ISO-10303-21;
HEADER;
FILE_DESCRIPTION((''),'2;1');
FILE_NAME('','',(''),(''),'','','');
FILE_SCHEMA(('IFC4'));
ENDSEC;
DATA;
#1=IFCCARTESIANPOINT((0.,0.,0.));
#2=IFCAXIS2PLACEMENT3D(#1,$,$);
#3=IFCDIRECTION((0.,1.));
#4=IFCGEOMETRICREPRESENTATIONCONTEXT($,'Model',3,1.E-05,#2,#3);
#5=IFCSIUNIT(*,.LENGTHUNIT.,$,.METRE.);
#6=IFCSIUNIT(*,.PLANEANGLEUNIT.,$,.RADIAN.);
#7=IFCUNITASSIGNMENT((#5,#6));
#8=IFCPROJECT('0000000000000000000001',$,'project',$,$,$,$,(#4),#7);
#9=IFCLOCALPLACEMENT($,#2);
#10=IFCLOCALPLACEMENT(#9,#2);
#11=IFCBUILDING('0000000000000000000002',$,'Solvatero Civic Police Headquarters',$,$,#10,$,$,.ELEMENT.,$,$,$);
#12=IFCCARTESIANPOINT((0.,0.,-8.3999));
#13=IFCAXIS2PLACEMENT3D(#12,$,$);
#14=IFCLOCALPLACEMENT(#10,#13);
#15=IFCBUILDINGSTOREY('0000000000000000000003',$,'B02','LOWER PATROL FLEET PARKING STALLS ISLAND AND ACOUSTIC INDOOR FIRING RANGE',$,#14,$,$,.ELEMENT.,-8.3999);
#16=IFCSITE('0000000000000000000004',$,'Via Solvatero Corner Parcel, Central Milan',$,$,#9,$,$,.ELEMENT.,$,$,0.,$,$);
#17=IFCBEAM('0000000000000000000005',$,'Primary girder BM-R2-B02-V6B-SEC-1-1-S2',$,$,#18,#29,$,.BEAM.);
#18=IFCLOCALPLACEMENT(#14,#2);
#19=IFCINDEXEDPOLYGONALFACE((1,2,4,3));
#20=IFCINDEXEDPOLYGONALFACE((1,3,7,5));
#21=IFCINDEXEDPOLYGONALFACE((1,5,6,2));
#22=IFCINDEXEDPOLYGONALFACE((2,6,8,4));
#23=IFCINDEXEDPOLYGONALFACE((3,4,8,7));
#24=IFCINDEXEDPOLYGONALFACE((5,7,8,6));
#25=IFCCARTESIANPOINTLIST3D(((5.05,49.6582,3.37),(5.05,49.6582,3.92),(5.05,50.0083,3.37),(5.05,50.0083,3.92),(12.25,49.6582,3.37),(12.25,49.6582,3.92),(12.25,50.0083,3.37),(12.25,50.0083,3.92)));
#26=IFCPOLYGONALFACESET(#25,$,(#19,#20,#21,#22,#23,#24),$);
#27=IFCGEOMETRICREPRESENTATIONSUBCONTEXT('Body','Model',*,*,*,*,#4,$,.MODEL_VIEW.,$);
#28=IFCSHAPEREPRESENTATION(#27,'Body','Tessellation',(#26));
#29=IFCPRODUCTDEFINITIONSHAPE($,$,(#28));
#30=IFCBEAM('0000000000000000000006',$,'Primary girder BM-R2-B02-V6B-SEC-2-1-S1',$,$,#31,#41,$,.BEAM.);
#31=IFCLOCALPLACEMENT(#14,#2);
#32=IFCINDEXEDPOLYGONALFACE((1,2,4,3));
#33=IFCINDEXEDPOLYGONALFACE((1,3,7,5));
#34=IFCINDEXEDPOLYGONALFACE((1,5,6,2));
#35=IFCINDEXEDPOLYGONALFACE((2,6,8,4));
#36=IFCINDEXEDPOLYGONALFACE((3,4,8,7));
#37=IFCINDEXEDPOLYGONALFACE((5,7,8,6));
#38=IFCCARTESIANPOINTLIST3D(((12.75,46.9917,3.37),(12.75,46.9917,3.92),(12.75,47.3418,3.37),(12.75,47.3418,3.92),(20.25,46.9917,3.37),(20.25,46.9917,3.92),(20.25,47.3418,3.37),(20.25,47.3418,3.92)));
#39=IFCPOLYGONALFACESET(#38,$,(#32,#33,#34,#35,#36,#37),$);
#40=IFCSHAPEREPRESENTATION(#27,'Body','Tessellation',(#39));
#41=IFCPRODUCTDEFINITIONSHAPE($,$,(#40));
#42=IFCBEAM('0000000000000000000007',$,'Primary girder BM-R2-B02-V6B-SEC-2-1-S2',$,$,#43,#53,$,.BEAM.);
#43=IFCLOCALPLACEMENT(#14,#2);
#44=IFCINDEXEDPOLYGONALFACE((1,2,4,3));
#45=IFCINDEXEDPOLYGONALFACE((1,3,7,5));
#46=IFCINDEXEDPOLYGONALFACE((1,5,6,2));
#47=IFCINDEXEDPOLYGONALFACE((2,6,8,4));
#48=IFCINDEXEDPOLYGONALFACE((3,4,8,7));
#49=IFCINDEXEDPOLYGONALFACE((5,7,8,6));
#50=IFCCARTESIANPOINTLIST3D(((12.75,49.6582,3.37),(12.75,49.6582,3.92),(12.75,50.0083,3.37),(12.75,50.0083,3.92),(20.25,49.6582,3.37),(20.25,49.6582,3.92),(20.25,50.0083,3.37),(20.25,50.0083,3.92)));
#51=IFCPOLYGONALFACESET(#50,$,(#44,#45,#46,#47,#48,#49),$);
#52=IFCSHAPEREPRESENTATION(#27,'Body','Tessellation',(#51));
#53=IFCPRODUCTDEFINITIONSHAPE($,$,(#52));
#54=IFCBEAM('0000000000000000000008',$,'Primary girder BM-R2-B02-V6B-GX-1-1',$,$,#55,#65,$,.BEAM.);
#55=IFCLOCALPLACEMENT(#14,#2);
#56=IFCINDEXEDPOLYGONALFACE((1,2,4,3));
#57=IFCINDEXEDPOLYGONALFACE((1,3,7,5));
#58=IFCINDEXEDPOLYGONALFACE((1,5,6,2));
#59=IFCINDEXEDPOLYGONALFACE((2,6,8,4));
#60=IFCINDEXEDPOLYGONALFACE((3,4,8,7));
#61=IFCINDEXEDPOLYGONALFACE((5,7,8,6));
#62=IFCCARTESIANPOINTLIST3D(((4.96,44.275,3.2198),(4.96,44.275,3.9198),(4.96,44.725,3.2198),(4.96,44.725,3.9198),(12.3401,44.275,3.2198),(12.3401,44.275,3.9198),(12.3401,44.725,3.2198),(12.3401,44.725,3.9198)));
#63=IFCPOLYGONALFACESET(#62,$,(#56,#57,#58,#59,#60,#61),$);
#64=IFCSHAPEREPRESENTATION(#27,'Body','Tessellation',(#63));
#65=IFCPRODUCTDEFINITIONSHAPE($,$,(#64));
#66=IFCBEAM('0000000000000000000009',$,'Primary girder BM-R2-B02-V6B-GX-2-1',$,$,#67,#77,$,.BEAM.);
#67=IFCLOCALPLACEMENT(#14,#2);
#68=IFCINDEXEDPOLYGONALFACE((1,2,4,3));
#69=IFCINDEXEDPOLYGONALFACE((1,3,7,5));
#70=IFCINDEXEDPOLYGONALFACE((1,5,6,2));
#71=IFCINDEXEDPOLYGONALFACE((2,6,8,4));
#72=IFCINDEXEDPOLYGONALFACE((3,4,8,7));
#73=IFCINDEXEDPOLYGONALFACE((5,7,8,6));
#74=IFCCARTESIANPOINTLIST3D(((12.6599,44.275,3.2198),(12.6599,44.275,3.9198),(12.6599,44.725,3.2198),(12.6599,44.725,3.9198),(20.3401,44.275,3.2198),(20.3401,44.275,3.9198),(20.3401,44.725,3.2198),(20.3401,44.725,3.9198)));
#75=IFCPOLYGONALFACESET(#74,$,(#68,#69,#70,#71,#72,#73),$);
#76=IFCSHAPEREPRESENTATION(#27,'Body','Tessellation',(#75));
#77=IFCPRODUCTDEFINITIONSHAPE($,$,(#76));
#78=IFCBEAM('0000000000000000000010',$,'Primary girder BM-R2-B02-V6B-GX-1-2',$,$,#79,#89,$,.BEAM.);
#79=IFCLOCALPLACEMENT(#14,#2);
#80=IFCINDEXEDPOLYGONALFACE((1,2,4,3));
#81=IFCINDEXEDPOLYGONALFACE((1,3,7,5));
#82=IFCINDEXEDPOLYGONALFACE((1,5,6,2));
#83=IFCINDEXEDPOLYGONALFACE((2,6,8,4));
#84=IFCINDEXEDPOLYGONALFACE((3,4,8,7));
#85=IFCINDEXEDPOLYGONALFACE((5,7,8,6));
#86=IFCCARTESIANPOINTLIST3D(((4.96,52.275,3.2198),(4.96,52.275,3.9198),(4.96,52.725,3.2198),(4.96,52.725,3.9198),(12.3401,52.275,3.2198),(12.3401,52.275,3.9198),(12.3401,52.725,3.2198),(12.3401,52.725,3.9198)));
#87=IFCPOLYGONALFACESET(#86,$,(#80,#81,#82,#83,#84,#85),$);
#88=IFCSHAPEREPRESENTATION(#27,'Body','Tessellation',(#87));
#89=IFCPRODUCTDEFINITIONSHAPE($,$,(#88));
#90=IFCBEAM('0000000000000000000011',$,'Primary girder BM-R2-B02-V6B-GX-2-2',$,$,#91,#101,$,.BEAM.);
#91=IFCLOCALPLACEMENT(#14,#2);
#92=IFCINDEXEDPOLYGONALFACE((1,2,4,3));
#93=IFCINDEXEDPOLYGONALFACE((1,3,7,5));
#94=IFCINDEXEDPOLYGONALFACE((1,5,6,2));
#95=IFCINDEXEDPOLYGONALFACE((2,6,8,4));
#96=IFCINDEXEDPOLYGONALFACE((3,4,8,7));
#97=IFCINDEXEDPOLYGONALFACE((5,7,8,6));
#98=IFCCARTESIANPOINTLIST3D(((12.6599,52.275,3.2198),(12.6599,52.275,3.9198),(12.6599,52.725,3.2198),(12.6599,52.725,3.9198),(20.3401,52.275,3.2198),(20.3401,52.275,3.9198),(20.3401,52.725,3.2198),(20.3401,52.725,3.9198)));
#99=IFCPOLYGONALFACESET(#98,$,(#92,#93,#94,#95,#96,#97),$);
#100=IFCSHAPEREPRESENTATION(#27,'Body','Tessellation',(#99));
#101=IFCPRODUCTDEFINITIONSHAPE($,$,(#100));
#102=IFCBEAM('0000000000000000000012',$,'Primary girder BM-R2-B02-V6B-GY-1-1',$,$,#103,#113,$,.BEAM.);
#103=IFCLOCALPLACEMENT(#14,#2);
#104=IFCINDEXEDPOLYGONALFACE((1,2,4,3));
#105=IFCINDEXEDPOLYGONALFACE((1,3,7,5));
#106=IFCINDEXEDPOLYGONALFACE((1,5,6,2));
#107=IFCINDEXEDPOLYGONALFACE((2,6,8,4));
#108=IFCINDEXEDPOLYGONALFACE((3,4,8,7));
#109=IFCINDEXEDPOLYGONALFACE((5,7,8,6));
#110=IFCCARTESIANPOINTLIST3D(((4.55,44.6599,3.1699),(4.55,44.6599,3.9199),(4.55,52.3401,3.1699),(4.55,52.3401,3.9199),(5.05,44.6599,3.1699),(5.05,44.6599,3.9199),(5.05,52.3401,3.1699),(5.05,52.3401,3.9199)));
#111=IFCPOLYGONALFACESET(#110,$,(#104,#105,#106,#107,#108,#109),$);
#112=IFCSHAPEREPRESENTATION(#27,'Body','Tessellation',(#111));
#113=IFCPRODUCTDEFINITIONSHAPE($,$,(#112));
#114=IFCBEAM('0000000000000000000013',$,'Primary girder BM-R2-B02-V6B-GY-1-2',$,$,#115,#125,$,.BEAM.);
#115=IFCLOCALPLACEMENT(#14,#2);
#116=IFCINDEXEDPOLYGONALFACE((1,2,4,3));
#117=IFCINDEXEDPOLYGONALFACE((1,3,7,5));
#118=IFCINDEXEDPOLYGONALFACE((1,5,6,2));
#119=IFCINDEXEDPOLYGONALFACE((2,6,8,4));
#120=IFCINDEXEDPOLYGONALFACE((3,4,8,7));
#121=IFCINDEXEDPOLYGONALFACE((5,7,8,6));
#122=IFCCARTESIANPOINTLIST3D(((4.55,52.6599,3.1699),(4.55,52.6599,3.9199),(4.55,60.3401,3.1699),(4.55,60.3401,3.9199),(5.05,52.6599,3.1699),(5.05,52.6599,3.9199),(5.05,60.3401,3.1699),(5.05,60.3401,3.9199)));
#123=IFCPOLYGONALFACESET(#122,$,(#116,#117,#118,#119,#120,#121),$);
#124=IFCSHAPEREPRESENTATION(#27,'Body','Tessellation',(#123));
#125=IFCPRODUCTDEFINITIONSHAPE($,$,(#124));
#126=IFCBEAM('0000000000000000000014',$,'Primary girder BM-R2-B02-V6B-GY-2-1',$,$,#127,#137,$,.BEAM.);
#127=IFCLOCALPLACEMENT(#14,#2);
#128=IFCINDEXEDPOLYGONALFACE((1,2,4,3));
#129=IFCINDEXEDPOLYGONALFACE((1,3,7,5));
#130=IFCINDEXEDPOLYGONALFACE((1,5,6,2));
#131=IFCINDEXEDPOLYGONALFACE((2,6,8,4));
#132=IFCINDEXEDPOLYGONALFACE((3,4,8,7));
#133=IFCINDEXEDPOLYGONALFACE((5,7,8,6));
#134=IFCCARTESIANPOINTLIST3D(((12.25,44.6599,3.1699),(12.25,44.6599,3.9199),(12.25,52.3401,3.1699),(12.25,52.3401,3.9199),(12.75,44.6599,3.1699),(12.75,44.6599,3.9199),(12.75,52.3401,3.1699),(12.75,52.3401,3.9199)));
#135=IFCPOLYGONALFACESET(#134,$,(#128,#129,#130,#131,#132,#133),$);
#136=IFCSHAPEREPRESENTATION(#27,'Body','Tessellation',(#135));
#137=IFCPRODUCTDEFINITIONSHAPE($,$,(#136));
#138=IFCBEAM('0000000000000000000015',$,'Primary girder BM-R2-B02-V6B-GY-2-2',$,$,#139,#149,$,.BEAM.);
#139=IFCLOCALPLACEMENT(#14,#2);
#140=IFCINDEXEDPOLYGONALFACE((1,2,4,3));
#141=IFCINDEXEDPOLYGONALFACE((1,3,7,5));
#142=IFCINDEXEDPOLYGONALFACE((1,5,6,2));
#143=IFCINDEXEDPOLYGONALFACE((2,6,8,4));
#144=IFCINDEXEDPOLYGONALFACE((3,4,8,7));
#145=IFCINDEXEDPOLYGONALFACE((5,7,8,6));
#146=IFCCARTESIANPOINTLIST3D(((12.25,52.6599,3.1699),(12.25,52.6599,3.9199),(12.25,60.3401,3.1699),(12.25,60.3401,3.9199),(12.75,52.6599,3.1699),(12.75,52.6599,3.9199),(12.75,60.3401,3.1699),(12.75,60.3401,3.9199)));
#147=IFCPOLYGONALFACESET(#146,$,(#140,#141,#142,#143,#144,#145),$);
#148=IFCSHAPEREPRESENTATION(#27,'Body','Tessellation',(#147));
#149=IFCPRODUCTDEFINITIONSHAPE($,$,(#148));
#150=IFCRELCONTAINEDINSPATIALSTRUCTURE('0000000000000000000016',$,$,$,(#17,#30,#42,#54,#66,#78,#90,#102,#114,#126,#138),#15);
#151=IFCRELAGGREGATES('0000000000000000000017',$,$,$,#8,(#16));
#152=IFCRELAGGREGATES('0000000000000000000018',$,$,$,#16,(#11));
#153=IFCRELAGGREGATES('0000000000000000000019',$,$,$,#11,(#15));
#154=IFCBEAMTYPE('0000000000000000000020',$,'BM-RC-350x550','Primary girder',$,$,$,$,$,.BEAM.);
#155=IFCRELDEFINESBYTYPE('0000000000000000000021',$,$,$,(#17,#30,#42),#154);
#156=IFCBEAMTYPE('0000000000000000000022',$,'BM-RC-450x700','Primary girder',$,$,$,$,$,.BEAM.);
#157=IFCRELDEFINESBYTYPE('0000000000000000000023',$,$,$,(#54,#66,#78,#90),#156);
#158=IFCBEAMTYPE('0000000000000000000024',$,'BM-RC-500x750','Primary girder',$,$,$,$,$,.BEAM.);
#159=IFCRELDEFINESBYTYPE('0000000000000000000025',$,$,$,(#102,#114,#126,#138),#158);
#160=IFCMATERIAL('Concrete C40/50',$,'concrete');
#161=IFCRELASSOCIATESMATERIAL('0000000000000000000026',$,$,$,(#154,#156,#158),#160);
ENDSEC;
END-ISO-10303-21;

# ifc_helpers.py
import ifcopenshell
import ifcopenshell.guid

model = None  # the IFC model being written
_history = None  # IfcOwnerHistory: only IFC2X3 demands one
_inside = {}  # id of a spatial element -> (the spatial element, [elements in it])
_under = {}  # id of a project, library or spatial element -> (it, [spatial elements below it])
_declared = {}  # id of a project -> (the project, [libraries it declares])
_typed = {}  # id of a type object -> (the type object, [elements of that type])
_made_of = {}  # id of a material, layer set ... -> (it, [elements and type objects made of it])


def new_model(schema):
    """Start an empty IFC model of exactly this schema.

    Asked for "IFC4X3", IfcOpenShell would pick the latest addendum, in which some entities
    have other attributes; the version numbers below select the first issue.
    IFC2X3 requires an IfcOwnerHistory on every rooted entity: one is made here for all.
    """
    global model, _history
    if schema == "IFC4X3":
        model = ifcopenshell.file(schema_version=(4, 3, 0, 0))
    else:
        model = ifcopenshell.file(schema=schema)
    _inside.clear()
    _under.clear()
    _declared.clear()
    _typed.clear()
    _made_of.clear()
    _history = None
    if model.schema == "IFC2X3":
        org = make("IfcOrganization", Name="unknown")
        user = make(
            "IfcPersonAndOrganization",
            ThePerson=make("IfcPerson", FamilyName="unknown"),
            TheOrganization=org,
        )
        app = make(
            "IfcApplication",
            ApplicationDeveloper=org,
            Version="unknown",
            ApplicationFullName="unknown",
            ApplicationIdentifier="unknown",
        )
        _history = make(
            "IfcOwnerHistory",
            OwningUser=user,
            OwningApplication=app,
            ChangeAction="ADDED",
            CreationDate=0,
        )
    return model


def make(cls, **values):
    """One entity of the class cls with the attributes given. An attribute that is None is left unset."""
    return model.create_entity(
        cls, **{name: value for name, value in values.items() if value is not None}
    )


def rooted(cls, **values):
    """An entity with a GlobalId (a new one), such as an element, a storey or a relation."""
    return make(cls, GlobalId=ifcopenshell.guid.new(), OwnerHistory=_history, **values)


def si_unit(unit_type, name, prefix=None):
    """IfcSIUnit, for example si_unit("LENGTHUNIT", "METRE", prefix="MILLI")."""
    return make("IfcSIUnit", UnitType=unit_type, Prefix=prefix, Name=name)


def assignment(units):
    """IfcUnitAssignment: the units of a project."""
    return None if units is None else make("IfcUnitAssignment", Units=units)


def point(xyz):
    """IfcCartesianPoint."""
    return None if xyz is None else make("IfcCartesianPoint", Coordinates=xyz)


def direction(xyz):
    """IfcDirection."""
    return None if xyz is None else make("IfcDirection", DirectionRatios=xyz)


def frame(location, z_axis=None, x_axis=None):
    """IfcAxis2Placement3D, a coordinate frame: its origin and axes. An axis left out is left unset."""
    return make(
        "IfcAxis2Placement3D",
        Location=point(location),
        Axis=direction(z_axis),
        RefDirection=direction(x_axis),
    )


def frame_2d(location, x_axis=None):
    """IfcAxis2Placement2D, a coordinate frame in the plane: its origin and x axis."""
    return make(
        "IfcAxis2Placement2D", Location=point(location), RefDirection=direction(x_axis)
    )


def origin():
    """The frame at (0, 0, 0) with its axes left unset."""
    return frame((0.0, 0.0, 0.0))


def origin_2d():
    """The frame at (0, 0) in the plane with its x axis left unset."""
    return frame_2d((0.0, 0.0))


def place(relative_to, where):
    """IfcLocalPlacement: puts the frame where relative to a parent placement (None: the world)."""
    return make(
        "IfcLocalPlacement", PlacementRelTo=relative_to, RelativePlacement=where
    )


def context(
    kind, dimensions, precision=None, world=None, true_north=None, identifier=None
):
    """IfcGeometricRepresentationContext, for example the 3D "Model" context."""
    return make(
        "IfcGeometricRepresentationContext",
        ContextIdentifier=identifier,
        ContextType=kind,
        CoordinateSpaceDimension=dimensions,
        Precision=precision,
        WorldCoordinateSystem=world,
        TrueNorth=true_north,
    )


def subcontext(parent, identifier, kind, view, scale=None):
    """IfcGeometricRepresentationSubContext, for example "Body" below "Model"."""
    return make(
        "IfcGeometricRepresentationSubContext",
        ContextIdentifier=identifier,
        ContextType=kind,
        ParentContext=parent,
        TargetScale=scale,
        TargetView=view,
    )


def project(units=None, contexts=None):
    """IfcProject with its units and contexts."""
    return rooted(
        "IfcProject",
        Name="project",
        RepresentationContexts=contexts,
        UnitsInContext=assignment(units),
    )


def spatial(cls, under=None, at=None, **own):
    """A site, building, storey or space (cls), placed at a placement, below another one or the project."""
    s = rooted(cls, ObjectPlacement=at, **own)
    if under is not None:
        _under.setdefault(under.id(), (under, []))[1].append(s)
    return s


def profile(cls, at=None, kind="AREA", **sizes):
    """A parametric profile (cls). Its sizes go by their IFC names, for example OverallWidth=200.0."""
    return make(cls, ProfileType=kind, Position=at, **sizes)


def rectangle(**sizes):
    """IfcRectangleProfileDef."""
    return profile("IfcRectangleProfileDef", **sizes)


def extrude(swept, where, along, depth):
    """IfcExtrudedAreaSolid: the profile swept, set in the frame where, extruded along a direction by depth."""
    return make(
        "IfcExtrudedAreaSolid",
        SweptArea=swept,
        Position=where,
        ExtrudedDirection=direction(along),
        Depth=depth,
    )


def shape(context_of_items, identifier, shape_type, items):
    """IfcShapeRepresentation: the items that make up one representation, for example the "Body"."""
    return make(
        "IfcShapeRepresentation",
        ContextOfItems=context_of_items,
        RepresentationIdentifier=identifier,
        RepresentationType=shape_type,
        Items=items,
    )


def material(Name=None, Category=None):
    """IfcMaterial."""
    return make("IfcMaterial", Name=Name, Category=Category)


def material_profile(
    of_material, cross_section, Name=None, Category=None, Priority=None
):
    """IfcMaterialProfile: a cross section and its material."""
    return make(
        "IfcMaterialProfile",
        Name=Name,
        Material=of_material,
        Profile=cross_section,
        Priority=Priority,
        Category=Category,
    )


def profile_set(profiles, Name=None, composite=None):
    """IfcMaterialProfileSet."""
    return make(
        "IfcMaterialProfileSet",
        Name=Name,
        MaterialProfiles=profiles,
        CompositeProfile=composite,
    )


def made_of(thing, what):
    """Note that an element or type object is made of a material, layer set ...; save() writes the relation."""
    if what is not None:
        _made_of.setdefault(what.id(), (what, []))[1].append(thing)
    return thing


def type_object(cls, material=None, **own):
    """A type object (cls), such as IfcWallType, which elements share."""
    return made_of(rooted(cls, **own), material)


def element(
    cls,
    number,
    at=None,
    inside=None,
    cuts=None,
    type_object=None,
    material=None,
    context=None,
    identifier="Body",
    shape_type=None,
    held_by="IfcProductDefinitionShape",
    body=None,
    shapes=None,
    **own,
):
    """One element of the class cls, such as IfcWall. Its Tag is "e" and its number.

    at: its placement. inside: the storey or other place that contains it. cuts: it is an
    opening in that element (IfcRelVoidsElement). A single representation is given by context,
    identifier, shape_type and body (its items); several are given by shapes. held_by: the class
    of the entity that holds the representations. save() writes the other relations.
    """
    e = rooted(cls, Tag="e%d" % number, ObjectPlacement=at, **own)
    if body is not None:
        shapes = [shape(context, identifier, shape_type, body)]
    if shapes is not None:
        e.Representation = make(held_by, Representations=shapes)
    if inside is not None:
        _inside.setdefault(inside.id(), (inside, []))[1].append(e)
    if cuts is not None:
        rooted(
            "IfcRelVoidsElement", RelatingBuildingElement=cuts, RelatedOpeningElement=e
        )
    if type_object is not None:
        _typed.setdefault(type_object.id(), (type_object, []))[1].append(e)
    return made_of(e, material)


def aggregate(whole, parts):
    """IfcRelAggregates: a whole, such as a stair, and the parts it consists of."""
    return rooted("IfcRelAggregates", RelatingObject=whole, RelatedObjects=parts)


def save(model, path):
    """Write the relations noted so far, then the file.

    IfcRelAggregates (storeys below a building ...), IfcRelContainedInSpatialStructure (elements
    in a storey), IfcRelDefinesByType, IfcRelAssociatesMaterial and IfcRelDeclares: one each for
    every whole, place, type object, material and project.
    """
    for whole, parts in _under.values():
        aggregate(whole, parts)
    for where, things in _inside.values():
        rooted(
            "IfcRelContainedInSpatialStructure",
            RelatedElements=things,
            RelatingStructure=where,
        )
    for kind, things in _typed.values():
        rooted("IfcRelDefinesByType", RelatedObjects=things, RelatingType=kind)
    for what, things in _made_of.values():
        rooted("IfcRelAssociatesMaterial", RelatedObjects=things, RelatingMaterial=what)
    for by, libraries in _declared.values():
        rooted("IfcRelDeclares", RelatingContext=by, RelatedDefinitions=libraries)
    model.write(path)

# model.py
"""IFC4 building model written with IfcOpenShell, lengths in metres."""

from ifc_helpers import new_model, si_unit, direction, frame, origin, origin_2d, place, context, subcontext, project, spatial, rectangle, extrude, material, material_profile, profile_set, type_object, element, save


model = new_model("IFC4")

# Units and contexts
model_context = context("Model", 3, precision=1e-05, world=origin(), true_north=direction((0.0, 1.0)))
body_context = subcontext(model_context, "Body", "Model", "MODEL_VIEW")
ifc_project = project(units=[si_unit("LENGTHUNIT", "METRE"), si_unit("PLANEANGLEUNIT", "RADIAN")], contexts=[model_context])

# Site, building, storey
site_placement = place(None, origin())
site = spatial("IfcSite", under=ifc_project, at=site_placement, Name="Via Solvatero Corner Parcel, Central Milan", CompositionType="ELEMENT", RefElevation=0.0)
building_placement = place(site_placement, origin())
building = spatial("IfcBuilding", under=site, at=building_placement, Name="Solvatero Civic Police Headquarters", CompositionType="ELEMENT")
storey_placement = place(building_placement, frame((0.0, 0.0, -8.3999)))
storey = spatial("IfcBuildingStorey", under=building, at=storey_placement, Name="B02", Description="LOWER PATROL FLEET PARKING STALLS ISLAND AND ACOUSTIC INDOOR FIRING RANGE", CompositionType="ELEMENT", Elevation=-8.3999)

# Shared definitions
ifc_material_1 = material(Name="Concrete C40/50", Category="concrete")

# Beams
ifc_material_profile_1 = material_profile(ifc_material_1, rectangle(XDim=0.3501, YDim=0.55, at=origin_2d()), Name="RC 350x550")
ifc_profile_set_1 = profile_set([ifc_material_profile_1], Name="Concrete C40/50")
beam_type_1 = type_object("IfcBeamType", Name="BM-RC-350x550", Description="Primary girder", PredefinedType="BEAM", material=ifc_profile_set_1)
for number, where, z_axis, x_axis, name in (
    (1, (5.05, 49.8333, 3.645), (1.0, 0.0, 0.0), (0.0, 1.0, 0.0), "Primary girder BM-R2-B02-V6B-SEC-1-1-S2"),
):
    element("IfcBeam", number, at=place(storey_placement, frame(where, z_axis=z_axis, x_axis=x_axis)), inside=storey, type_object=beam_type_1, Name=name, PredefinedType="BEAM", context=body_context, shape_type="SweptSolid", body=[
        extrude(rectangle(XDim=0.3501, YDim=0.55, at=origin_2d()), origin(), (0.0, 0.0, 1.0), 7.2),
    ])
for number, where, z_axis, x_axis, name in (
    (2, (12.75, 47.1667, 3.645), (1.0, 0.0, 0.0), (0.0, 1.0, 0.0), "Primary girder BM-R2-B02-V6B-SEC-2-1-S1"),
    (3, (12.75, 49.8333, 3.645), (1.0, 0.0, 0.0), (0.0, 1.0, 0.0), "Primary girder BM-R2-B02-V6B-SEC-2-1-S2"),
):
    element("IfcBeam", number, at=place(storey_placement, frame(where, z_axis=z_axis, x_axis=x_axis)), inside=storey, type_object=beam_type_1, Name=name, PredefinedType="BEAM", context=body_context, shape_type="SweptSolid", body=[
        extrude(rectangle(XDim=0.3501, YDim=0.55, at=origin_2d()), origin(), (0.0, 0.0, 1.0), 7.5),
    ])
ifc_material_profile_2 = material_profile(ifc_material_1, rectangle(XDim=0.45, YDim=0.7, at=origin_2d()), Name="RC 450x700")
ifc_profile_set_2 = profile_set([ifc_material_profile_2], Name="Concrete C40/50")
beam_type_2 = type_object("IfcBeamType", Name="BM-RC-450x700", Description="Primary girder", PredefinedType="BEAM", material=ifc_profile_set_2)
beam_1_placement = place(storey_placement, frame((4.96, 44.5, 3.5698), z_axis=(1.0, 0.0, 0.0), x_axis=(0.0, 1.0, 0.0)))
element("IfcBeam", 4, at=beam_1_placement, inside=storey, type_object=beam_type_2, Name="Primary girder BM-R2-B02-V6B-GX-1-1", PredefinedType="BEAM", context=body_context, shape_type="SweptSolid", body=[
    extrude(rectangle(XDim=0.45, YDim=0.7, at=origin_2d()), origin(), (0.0, 0.0, 1.0), 7.3801),
])
beam_2_placement = place(storey_placement, frame((12.6599, 44.5, 3.5698), z_axis=(1.0, 0.0, 0.0), x_axis=(0.0, 1.0, 0.0)))
element("IfcBeam", 5, at=beam_2_placement, inside=storey, type_object=beam_type_2, Name="Primary girder BM-R2-B02-V6B-GX-2-1", PredefinedType="BEAM", context=body_context, shape_type="SweptSolid", body=[
    extrude(rectangle(XDim=0.45, YDim=0.7, at=origin_2d()), origin(), (0.0, 0.0, 1.0), 7.6802),
])
beam_3_placement = place(storey_placement, frame((4.96, 52.5, 3.5698), z_axis=(1.0, 0.0, 0.0), x_axis=(0.0, 1.0, 0.0)))
element("IfcBeam", 6, at=beam_3_placement, inside=storey, type_object=beam_type_2, Name="Primary girder BM-R2-B02-V6B-GX-1-2", PredefinedType="BEAM", context=body_context, shape_type="SweptSolid", body=[
    extrude(rectangle(XDim=0.45, YDim=0.7, at=origin_2d()), origin(), (0.0, 0.0, 1.0), 7.3801),
])
beam_4_placement = place(storey_placement, frame((12.6599, 52.5, 3.5698), z_axis=(1.0, 0.0, 0.0), x_axis=(0.0, 1.0, 0.0)))
element("IfcBeam", 7, at=beam_4_placement, inside=storey, type_object=beam_type_2, Name="Primary girder BM-R2-B02-V6B-GX-2-2", PredefinedType="BEAM", context=body_context, shape_type="SweptSolid", body=[
    extrude(rectangle(XDim=0.45, YDim=0.7, at=origin_2d()), origin(), (0.0, 0.0, 1.0), 7.6802),
])
ifc_material_profile_3 = material_profile(ifc_material_1, rectangle(XDim=0.5, YDim=0.75, at=origin_2d()), Name="RC 500x750")
ifc_profile_set_3 = profile_set([ifc_material_profile_3], Name="Concrete C40/50")
beam_type_3 = type_object("IfcBeamType", Name="BM-RC-500x750", Description="Primary girder", PredefinedType="BEAM", material=ifc_profile_set_3)
for number, where, z_axis, x_axis, name in (
    (8, (4.8, 44.6599, 3.5449), (0.0, 1.0, 0.0), (-1.0, 0.0, 0.0), "Primary girder BM-R2-B02-V6B-GY-1-1"),
    (9, (4.8, 52.6599, 3.5449), (0.0, 1.0, 0.0), (-1.0, 0.0, 0.0), "Primary girder BM-R2-B02-V6B-GY-1-2"),
    (10, (12.5, 44.6599, 3.5449), (0.0, 1.0, 0.0), (-1.0, 0.0, 0.0), "Primary girder BM-R2-B02-V6B-GY-2-1"),
    (11, (12.5, 52.6599, 3.5449), (0.0, 1.0, 0.0), (-1.0, 0.0, 0.0), "Primary girder BM-R2-B02-V6B-GY-2-2"),
):
    element("IfcBeam", number, at=place(storey_placement, frame(where, z_axis=z_axis, x_axis=x_axis)), inside=storey, type_object=beam_type_3, Name=name, PredefinedType="BEAM", context=body_context, shape_type="SweptSolid", body=[
        extrude(rectangle(XDim=0.5, YDim=0.75, at=origin_2d()), origin(), (0.0, 0.0, 1.0), 7.6802),
    ])

save(model, "model.ifc")
